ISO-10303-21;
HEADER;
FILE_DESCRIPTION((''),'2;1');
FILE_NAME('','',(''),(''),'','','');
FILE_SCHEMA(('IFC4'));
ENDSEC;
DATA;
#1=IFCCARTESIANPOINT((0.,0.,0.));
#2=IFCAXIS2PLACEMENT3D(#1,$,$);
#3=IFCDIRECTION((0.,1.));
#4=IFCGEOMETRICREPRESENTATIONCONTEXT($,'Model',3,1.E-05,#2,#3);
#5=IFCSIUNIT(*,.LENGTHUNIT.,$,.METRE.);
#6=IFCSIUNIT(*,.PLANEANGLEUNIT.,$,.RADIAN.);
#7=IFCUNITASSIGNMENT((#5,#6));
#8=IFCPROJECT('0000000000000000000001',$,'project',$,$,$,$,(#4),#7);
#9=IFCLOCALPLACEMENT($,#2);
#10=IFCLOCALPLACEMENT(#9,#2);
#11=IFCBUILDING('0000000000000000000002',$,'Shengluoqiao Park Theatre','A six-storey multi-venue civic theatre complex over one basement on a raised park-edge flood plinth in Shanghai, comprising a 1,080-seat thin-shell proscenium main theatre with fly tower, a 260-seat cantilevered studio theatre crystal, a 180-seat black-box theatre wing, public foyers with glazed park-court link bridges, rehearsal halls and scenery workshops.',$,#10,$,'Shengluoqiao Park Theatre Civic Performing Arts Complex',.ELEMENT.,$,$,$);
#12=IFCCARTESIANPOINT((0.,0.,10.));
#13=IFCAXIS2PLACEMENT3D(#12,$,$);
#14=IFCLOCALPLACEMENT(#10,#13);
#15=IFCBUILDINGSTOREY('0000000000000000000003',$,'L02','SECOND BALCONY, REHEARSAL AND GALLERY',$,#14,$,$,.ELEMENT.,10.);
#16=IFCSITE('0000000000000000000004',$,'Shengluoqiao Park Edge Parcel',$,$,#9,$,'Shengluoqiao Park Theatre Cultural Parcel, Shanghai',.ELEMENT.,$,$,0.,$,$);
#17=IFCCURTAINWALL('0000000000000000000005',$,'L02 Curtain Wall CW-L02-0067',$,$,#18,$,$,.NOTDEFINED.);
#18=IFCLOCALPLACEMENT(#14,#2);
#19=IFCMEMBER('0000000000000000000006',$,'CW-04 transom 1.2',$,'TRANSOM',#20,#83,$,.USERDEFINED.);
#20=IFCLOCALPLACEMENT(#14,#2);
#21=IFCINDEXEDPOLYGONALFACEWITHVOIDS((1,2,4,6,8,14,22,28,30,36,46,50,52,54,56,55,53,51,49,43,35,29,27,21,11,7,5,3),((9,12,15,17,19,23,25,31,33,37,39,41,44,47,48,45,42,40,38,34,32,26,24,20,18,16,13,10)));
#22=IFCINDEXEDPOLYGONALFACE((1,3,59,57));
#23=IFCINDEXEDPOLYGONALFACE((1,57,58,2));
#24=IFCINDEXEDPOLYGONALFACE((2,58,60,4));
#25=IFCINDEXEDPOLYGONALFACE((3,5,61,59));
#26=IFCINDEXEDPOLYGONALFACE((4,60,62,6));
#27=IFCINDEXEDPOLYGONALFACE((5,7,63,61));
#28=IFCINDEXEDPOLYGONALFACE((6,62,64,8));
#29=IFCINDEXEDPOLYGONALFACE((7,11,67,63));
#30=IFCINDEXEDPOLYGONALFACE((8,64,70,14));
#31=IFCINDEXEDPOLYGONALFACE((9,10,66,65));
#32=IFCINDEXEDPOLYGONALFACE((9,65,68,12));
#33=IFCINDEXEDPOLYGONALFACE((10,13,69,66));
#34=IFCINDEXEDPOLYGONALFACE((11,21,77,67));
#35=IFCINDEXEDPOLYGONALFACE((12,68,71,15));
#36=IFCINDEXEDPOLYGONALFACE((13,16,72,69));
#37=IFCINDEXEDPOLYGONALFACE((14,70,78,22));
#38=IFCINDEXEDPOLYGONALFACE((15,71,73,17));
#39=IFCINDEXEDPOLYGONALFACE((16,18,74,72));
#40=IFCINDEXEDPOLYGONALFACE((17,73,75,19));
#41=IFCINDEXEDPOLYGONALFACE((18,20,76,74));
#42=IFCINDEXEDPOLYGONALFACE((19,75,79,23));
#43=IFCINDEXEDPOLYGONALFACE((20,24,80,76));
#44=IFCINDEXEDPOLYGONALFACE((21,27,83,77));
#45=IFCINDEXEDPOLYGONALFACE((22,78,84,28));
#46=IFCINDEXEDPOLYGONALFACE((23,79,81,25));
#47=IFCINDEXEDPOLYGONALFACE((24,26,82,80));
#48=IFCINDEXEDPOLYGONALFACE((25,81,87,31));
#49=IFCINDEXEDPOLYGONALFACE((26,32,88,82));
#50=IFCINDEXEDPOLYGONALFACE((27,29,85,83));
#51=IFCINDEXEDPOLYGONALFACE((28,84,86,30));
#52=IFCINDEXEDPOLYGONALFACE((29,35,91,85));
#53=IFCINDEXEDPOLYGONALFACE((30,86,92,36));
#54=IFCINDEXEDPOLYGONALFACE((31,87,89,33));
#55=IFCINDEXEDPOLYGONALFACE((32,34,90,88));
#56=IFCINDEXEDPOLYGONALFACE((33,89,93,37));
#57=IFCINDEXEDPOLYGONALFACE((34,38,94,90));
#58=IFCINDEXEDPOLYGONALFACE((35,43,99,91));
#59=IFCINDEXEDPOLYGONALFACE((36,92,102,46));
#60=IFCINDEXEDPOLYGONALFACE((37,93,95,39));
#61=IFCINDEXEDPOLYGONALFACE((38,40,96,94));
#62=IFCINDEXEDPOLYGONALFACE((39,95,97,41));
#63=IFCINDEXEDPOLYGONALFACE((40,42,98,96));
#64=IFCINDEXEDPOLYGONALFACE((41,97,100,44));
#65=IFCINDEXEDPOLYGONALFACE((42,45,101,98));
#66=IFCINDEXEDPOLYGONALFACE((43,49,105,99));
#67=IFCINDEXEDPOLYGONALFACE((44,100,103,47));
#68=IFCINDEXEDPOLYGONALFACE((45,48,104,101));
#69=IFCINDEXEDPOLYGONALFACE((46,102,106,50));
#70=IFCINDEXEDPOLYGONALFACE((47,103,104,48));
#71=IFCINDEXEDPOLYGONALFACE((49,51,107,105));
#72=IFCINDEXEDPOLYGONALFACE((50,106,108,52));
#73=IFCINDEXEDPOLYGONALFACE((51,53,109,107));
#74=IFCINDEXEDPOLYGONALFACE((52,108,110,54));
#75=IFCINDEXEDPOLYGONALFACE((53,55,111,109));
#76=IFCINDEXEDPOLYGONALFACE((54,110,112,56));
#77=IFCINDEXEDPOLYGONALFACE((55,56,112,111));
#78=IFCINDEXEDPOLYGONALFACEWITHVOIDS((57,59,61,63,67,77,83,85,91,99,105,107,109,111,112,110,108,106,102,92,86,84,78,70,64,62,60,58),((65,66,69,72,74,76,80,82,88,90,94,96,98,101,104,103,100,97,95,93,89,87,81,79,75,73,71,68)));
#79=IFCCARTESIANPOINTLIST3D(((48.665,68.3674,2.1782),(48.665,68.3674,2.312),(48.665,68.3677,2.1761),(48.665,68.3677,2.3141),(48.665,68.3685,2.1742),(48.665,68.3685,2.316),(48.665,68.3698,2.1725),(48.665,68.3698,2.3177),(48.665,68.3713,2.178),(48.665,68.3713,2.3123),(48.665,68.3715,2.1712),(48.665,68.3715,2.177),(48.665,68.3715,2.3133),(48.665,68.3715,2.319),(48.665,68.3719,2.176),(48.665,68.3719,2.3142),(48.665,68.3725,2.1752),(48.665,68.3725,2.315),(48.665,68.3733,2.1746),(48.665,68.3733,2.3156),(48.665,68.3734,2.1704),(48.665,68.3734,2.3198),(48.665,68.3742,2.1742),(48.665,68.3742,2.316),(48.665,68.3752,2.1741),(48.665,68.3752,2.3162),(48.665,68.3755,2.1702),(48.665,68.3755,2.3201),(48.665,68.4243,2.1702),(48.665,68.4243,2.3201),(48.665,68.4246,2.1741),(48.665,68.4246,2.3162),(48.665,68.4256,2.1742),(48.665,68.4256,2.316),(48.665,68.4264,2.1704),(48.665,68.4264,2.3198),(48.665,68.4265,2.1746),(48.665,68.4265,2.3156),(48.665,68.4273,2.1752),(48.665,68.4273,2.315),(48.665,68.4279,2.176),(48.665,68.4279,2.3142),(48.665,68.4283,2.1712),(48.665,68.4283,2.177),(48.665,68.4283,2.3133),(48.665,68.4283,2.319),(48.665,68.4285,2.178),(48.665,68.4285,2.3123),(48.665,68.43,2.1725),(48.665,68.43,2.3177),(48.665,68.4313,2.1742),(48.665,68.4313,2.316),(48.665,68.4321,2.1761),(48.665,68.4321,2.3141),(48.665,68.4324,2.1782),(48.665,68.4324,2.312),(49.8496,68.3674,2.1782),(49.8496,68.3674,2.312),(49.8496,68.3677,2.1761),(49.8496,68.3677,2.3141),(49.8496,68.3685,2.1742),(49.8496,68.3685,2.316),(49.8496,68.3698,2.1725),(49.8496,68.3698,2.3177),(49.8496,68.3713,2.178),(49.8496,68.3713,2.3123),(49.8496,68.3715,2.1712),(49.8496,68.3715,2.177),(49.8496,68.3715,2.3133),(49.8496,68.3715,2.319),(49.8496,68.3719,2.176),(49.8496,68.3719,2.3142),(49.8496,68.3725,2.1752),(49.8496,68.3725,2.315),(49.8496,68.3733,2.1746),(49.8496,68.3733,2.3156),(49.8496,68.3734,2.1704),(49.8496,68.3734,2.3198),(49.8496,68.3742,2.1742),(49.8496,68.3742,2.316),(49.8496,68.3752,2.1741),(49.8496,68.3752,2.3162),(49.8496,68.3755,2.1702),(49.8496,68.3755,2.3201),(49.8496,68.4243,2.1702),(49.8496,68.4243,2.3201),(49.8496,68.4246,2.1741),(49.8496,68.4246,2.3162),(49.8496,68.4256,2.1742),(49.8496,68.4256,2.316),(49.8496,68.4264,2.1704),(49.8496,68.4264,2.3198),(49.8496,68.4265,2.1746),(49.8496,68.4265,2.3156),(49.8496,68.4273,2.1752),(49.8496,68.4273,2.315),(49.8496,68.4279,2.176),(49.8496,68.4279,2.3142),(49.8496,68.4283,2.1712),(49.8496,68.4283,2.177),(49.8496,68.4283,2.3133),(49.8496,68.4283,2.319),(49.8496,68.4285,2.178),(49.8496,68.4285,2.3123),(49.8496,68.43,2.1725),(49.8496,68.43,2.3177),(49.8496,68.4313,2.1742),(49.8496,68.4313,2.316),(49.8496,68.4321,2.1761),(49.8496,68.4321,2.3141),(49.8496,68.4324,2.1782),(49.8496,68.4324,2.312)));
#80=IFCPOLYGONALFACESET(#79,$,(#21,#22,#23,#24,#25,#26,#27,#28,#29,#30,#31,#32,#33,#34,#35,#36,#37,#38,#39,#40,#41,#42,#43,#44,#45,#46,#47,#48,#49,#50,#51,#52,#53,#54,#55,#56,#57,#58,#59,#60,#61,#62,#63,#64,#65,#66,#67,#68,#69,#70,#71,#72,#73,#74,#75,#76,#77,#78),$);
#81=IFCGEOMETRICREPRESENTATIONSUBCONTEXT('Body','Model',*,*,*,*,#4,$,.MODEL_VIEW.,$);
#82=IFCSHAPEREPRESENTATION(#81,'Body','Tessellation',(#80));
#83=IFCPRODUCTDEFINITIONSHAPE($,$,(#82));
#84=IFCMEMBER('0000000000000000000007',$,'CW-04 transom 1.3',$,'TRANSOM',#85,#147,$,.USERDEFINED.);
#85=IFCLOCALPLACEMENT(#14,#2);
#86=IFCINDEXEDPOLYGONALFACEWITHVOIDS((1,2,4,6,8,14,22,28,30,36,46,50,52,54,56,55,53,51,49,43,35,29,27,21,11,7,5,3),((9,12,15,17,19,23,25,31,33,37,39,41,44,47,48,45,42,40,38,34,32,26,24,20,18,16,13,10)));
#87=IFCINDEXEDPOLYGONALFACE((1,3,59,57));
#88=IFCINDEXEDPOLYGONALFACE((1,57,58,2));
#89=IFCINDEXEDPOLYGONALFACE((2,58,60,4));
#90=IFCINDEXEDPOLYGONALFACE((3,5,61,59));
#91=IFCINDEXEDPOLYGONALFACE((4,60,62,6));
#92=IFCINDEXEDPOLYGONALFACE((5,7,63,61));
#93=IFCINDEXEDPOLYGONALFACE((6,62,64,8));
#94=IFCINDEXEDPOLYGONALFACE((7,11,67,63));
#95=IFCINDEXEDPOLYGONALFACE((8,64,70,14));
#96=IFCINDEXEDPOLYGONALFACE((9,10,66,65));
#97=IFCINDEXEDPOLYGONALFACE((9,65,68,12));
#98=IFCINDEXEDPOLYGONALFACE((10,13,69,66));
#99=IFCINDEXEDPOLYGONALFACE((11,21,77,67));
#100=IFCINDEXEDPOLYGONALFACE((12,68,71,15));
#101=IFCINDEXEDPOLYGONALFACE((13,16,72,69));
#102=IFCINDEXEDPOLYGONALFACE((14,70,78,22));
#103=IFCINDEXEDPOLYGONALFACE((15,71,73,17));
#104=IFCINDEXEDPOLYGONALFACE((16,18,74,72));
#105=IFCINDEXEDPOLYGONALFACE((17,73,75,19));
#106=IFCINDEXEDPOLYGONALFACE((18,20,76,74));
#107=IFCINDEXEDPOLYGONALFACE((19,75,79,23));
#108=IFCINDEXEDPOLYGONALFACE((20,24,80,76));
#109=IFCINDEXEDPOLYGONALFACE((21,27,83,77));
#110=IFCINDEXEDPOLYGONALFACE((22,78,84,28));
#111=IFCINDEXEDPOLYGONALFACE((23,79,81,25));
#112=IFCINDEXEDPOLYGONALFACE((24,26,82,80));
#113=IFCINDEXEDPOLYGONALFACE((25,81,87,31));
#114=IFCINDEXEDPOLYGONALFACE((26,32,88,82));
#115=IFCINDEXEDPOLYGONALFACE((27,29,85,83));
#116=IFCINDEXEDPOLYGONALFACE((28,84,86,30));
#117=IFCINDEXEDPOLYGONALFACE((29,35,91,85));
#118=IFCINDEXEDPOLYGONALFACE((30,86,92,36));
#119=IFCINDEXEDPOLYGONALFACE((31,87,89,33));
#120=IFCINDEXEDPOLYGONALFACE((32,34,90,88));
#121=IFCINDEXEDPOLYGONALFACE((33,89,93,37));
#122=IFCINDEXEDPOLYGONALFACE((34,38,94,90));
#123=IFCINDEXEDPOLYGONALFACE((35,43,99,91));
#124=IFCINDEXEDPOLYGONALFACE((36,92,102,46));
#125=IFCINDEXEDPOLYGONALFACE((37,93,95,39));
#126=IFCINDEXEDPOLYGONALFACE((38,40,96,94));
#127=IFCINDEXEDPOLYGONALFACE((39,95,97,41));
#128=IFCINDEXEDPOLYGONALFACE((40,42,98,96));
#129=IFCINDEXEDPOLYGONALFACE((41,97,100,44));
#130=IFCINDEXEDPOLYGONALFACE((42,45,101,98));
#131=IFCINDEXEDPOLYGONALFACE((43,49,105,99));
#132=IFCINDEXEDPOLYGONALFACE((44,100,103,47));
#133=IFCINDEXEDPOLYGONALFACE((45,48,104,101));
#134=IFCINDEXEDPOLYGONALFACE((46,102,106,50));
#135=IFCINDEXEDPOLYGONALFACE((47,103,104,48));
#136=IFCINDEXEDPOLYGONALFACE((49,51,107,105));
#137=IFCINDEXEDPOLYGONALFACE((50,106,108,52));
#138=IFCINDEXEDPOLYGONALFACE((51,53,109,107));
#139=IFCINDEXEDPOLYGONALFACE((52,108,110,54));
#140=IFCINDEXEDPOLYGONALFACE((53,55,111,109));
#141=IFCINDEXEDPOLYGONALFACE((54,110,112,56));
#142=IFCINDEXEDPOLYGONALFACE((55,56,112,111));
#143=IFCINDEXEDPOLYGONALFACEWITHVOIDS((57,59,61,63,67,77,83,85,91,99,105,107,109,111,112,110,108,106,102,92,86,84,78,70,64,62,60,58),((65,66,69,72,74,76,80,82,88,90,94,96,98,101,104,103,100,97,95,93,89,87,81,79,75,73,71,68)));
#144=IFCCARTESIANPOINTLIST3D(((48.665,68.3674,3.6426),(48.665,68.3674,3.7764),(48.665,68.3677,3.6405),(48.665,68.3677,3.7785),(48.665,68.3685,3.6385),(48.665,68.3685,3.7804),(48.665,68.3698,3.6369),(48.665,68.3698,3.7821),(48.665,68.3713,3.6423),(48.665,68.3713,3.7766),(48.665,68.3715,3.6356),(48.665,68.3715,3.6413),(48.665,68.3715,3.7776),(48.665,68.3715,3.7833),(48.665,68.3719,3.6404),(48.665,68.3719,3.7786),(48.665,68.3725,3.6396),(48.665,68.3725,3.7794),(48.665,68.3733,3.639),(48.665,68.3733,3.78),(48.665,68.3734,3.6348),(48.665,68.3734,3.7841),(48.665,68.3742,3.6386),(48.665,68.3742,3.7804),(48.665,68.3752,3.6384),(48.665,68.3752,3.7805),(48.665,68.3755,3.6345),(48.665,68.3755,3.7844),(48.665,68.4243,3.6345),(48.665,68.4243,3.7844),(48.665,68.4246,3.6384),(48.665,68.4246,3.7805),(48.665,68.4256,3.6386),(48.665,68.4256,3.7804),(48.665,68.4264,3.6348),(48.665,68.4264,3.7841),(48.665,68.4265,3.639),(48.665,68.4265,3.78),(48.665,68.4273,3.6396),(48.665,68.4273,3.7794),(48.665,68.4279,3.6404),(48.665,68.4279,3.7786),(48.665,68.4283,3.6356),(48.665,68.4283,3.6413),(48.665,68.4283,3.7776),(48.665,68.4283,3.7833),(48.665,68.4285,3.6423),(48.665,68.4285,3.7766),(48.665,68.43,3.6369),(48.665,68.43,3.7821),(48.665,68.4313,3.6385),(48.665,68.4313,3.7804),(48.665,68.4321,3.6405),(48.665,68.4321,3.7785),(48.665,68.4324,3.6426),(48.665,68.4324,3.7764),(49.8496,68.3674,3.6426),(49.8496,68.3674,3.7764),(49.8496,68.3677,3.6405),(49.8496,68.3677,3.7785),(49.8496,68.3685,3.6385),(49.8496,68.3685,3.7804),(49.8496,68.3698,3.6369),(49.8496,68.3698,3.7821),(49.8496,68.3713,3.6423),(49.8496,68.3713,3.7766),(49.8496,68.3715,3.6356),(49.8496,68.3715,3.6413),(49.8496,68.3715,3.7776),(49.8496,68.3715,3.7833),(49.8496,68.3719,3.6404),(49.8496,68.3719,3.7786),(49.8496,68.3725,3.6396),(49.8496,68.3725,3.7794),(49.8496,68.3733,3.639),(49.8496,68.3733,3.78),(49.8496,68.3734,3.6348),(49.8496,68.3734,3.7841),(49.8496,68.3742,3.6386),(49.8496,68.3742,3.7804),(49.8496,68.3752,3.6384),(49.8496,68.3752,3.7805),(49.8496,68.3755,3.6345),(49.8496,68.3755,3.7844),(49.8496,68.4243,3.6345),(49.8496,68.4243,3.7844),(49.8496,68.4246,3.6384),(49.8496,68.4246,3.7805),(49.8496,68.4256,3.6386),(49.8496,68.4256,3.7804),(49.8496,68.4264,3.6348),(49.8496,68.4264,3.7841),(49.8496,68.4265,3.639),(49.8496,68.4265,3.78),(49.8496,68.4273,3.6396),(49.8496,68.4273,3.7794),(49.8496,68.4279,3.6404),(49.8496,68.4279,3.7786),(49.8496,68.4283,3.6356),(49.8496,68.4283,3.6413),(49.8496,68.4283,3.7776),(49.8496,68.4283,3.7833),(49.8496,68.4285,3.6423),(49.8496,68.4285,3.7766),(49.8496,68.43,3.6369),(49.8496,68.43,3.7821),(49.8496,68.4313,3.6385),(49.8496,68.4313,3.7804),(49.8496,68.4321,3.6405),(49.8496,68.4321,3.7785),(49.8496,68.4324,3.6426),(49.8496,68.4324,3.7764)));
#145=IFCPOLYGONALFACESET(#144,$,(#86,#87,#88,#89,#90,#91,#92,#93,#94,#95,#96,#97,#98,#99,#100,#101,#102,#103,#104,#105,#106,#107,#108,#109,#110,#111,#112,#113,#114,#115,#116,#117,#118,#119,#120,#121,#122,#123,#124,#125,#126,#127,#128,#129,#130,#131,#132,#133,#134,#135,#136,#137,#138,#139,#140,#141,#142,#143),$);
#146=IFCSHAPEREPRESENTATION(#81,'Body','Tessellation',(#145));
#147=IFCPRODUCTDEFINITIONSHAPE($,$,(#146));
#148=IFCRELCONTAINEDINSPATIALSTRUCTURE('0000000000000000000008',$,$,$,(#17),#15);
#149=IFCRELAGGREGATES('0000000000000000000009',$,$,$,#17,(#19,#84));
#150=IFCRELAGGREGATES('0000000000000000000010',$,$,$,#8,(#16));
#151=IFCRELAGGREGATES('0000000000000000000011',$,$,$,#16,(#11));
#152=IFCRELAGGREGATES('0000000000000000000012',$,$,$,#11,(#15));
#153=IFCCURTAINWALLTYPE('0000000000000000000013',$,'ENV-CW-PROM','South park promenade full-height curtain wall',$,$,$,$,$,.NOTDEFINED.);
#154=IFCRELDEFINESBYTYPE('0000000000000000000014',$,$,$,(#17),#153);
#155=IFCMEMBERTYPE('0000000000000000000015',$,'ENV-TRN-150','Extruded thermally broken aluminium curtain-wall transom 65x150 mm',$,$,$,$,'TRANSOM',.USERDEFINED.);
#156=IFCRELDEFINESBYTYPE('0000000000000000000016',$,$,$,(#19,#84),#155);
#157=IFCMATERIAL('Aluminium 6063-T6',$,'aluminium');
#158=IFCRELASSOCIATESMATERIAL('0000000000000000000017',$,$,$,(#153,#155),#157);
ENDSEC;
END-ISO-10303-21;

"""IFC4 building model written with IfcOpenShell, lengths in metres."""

from ifc_helpers import new_model, si_unit, direction, frame, origin, origin_2d, place, context, subcontext, project, spatial, hollow_rectangle, extrude, material, material_profile, profile_set, type_object, element, aggregate, save


model = new_model("IFC4")

# Units and contexts
model_context = context("Model", 3, precision=1e-05, world=origin(), true_north=direction((0.0, 1.0)))
body_context = subcontext(model_context, "Body", "Model", "MODEL_VIEW")
ifc_project = project(units=[si_unit("LENGTHUNIT", "METRE"), si_unit("PLANEANGLEUNIT", "RADIAN")], contexts=[model_context])

# Site, building, storey
site_placement = place(None, origin())
site = spatial("IfcSite", under=ifc_project, at=site_placement, Name="Shengluoqiao Park Edge Parcel", LongName="Shengluoqiao Park Theatre Cultural Parcel, Shanghai", CompositionType="ELEMENT", RefElevation=0.0)
building_placement = place(site_placement, origin())
building = spatial("IfcBuilding", under=site, at=building_placement, Name="Shengluoqiao Park Theatre", Description="A six-storey multi-venue civic theatre complex over one basement on a raised park-edge flood plinth in Shanghai, comprising a 1,080-seat thin-shell proscenium main theatre with fly tower, a 260-seat cantilevered studio theatre crystal, a 180-seat black-box theatre wing, public foyers with glazed park-court link bridges, rehearsal halls and scenery workshops.", LongName="Shengluoqiao Park Theatre Civic Performing Arts Complex", CompositionType="ELEMENT")
storey_placement = place(building_placement, frame((0.0, 0.0, 10.0)))
storey = spatial("IfcBuildingStorey", under=building, at=storey_placement, Name="L02", Description="SECOND BALCONY, REHEARSAL AND GALLERY", CompositionType="ELEMENT", Elevation=10.0)

# Curtain wall
ifc_material_1 = material(Name="Aluminium 6063-T6", Category="aluminium")
curtain_wall_type = type_object("IfcCurtainWallType", Name="ENV-CW-PROM", Description="South park promenade full-height curtain wall", PredefinedType="NOTDEFINED", material=ifc_material_1)
curtain_wall_1_placement = place(storey_placement, origin())
curtain_wall_1 = element("IfcCurtainWall", 1, at=curtain_wall_1_placement, inside=storey, type_object=curtain_wall_type, Name="L02 Curtain Wall CW-L02-0067", PredefinedType="NOTDEFINED")

# Members
ifc_material_profile_1 = material_profile(ifc_material_1, hollow_rectangle(XDim=0.0649, YDim=0.1499, WallThickness=0.0039, InnerFilletRadius=0.0039, OuterFilletRadius=0.0081, at=origin_2d()), Name="ALU TRANSOM 150x65x4")
ifc_profile_set_1 = profile_set([ifc_material_profile_1], Name="Aluminium 6063-T6")
member_type_1 = type_object("IfcMemberType", Name="ENV-TRN-150", Description="Extruded thermally broken aluminium curtain-wall transom 65x150 mm", ElementType="TRANSOM", PredefinedType="USERDEFINED", material=ifc_profile_set_1)
member_1_placement = place(storey_placement, frame((48.665, 68.3999, 2.2451), z_axis=(1.0, 0.0, 0.0), x_axis=(0.0, 1.0, 0.0)))
member_1 = element("IfcMember", 2, at=member_1_placement, type_object=member_type_1, Name="CW-04 transom 1.2", ObjectType="TRANSOM", PredefinedType="USERDEFINED", context=body_context, shape_type="SweptSolid", body=[
    extrude(hollow_rectangle(XDim=0.0649, YDim=0.1499, WallThickness=0.0039, InnerFilletRadius=0.0039, OuterFilletRadius=0.0081, at=origin_2d()), origin(), (0.0, 0.0, 1.0), 1.1846),
])
member_2_placement = place(storey_placement, frame((48.665, 68.3999, 3.7095), z_axis=(1.0, 0.0, 0.0), x_axis=(0.0, 1.0, 0.0)))
member_2 = element("IfcMember", 3, at=member_2_placement, type_object=member_type_1, Name="CW-04 transom 1.3", ObjectType="TRANSOM", PredefinedType="USERDEFINED", context=body_context, shape_type="SweptSolid", body=[
    extrude(hollow_rectangle(XDim=0.0649, YDim=0.1499, WallThickness=0.0039, InnerFilletRadius=0.0039, OuterFilletRadius=0.0081, at=origin_2d()), origin(), (0.0, 0.0, 1.0), 1.1846),
])

aggregate(curtain_wall_1, [member_1, member_2])

save(model, "model.ifc")
